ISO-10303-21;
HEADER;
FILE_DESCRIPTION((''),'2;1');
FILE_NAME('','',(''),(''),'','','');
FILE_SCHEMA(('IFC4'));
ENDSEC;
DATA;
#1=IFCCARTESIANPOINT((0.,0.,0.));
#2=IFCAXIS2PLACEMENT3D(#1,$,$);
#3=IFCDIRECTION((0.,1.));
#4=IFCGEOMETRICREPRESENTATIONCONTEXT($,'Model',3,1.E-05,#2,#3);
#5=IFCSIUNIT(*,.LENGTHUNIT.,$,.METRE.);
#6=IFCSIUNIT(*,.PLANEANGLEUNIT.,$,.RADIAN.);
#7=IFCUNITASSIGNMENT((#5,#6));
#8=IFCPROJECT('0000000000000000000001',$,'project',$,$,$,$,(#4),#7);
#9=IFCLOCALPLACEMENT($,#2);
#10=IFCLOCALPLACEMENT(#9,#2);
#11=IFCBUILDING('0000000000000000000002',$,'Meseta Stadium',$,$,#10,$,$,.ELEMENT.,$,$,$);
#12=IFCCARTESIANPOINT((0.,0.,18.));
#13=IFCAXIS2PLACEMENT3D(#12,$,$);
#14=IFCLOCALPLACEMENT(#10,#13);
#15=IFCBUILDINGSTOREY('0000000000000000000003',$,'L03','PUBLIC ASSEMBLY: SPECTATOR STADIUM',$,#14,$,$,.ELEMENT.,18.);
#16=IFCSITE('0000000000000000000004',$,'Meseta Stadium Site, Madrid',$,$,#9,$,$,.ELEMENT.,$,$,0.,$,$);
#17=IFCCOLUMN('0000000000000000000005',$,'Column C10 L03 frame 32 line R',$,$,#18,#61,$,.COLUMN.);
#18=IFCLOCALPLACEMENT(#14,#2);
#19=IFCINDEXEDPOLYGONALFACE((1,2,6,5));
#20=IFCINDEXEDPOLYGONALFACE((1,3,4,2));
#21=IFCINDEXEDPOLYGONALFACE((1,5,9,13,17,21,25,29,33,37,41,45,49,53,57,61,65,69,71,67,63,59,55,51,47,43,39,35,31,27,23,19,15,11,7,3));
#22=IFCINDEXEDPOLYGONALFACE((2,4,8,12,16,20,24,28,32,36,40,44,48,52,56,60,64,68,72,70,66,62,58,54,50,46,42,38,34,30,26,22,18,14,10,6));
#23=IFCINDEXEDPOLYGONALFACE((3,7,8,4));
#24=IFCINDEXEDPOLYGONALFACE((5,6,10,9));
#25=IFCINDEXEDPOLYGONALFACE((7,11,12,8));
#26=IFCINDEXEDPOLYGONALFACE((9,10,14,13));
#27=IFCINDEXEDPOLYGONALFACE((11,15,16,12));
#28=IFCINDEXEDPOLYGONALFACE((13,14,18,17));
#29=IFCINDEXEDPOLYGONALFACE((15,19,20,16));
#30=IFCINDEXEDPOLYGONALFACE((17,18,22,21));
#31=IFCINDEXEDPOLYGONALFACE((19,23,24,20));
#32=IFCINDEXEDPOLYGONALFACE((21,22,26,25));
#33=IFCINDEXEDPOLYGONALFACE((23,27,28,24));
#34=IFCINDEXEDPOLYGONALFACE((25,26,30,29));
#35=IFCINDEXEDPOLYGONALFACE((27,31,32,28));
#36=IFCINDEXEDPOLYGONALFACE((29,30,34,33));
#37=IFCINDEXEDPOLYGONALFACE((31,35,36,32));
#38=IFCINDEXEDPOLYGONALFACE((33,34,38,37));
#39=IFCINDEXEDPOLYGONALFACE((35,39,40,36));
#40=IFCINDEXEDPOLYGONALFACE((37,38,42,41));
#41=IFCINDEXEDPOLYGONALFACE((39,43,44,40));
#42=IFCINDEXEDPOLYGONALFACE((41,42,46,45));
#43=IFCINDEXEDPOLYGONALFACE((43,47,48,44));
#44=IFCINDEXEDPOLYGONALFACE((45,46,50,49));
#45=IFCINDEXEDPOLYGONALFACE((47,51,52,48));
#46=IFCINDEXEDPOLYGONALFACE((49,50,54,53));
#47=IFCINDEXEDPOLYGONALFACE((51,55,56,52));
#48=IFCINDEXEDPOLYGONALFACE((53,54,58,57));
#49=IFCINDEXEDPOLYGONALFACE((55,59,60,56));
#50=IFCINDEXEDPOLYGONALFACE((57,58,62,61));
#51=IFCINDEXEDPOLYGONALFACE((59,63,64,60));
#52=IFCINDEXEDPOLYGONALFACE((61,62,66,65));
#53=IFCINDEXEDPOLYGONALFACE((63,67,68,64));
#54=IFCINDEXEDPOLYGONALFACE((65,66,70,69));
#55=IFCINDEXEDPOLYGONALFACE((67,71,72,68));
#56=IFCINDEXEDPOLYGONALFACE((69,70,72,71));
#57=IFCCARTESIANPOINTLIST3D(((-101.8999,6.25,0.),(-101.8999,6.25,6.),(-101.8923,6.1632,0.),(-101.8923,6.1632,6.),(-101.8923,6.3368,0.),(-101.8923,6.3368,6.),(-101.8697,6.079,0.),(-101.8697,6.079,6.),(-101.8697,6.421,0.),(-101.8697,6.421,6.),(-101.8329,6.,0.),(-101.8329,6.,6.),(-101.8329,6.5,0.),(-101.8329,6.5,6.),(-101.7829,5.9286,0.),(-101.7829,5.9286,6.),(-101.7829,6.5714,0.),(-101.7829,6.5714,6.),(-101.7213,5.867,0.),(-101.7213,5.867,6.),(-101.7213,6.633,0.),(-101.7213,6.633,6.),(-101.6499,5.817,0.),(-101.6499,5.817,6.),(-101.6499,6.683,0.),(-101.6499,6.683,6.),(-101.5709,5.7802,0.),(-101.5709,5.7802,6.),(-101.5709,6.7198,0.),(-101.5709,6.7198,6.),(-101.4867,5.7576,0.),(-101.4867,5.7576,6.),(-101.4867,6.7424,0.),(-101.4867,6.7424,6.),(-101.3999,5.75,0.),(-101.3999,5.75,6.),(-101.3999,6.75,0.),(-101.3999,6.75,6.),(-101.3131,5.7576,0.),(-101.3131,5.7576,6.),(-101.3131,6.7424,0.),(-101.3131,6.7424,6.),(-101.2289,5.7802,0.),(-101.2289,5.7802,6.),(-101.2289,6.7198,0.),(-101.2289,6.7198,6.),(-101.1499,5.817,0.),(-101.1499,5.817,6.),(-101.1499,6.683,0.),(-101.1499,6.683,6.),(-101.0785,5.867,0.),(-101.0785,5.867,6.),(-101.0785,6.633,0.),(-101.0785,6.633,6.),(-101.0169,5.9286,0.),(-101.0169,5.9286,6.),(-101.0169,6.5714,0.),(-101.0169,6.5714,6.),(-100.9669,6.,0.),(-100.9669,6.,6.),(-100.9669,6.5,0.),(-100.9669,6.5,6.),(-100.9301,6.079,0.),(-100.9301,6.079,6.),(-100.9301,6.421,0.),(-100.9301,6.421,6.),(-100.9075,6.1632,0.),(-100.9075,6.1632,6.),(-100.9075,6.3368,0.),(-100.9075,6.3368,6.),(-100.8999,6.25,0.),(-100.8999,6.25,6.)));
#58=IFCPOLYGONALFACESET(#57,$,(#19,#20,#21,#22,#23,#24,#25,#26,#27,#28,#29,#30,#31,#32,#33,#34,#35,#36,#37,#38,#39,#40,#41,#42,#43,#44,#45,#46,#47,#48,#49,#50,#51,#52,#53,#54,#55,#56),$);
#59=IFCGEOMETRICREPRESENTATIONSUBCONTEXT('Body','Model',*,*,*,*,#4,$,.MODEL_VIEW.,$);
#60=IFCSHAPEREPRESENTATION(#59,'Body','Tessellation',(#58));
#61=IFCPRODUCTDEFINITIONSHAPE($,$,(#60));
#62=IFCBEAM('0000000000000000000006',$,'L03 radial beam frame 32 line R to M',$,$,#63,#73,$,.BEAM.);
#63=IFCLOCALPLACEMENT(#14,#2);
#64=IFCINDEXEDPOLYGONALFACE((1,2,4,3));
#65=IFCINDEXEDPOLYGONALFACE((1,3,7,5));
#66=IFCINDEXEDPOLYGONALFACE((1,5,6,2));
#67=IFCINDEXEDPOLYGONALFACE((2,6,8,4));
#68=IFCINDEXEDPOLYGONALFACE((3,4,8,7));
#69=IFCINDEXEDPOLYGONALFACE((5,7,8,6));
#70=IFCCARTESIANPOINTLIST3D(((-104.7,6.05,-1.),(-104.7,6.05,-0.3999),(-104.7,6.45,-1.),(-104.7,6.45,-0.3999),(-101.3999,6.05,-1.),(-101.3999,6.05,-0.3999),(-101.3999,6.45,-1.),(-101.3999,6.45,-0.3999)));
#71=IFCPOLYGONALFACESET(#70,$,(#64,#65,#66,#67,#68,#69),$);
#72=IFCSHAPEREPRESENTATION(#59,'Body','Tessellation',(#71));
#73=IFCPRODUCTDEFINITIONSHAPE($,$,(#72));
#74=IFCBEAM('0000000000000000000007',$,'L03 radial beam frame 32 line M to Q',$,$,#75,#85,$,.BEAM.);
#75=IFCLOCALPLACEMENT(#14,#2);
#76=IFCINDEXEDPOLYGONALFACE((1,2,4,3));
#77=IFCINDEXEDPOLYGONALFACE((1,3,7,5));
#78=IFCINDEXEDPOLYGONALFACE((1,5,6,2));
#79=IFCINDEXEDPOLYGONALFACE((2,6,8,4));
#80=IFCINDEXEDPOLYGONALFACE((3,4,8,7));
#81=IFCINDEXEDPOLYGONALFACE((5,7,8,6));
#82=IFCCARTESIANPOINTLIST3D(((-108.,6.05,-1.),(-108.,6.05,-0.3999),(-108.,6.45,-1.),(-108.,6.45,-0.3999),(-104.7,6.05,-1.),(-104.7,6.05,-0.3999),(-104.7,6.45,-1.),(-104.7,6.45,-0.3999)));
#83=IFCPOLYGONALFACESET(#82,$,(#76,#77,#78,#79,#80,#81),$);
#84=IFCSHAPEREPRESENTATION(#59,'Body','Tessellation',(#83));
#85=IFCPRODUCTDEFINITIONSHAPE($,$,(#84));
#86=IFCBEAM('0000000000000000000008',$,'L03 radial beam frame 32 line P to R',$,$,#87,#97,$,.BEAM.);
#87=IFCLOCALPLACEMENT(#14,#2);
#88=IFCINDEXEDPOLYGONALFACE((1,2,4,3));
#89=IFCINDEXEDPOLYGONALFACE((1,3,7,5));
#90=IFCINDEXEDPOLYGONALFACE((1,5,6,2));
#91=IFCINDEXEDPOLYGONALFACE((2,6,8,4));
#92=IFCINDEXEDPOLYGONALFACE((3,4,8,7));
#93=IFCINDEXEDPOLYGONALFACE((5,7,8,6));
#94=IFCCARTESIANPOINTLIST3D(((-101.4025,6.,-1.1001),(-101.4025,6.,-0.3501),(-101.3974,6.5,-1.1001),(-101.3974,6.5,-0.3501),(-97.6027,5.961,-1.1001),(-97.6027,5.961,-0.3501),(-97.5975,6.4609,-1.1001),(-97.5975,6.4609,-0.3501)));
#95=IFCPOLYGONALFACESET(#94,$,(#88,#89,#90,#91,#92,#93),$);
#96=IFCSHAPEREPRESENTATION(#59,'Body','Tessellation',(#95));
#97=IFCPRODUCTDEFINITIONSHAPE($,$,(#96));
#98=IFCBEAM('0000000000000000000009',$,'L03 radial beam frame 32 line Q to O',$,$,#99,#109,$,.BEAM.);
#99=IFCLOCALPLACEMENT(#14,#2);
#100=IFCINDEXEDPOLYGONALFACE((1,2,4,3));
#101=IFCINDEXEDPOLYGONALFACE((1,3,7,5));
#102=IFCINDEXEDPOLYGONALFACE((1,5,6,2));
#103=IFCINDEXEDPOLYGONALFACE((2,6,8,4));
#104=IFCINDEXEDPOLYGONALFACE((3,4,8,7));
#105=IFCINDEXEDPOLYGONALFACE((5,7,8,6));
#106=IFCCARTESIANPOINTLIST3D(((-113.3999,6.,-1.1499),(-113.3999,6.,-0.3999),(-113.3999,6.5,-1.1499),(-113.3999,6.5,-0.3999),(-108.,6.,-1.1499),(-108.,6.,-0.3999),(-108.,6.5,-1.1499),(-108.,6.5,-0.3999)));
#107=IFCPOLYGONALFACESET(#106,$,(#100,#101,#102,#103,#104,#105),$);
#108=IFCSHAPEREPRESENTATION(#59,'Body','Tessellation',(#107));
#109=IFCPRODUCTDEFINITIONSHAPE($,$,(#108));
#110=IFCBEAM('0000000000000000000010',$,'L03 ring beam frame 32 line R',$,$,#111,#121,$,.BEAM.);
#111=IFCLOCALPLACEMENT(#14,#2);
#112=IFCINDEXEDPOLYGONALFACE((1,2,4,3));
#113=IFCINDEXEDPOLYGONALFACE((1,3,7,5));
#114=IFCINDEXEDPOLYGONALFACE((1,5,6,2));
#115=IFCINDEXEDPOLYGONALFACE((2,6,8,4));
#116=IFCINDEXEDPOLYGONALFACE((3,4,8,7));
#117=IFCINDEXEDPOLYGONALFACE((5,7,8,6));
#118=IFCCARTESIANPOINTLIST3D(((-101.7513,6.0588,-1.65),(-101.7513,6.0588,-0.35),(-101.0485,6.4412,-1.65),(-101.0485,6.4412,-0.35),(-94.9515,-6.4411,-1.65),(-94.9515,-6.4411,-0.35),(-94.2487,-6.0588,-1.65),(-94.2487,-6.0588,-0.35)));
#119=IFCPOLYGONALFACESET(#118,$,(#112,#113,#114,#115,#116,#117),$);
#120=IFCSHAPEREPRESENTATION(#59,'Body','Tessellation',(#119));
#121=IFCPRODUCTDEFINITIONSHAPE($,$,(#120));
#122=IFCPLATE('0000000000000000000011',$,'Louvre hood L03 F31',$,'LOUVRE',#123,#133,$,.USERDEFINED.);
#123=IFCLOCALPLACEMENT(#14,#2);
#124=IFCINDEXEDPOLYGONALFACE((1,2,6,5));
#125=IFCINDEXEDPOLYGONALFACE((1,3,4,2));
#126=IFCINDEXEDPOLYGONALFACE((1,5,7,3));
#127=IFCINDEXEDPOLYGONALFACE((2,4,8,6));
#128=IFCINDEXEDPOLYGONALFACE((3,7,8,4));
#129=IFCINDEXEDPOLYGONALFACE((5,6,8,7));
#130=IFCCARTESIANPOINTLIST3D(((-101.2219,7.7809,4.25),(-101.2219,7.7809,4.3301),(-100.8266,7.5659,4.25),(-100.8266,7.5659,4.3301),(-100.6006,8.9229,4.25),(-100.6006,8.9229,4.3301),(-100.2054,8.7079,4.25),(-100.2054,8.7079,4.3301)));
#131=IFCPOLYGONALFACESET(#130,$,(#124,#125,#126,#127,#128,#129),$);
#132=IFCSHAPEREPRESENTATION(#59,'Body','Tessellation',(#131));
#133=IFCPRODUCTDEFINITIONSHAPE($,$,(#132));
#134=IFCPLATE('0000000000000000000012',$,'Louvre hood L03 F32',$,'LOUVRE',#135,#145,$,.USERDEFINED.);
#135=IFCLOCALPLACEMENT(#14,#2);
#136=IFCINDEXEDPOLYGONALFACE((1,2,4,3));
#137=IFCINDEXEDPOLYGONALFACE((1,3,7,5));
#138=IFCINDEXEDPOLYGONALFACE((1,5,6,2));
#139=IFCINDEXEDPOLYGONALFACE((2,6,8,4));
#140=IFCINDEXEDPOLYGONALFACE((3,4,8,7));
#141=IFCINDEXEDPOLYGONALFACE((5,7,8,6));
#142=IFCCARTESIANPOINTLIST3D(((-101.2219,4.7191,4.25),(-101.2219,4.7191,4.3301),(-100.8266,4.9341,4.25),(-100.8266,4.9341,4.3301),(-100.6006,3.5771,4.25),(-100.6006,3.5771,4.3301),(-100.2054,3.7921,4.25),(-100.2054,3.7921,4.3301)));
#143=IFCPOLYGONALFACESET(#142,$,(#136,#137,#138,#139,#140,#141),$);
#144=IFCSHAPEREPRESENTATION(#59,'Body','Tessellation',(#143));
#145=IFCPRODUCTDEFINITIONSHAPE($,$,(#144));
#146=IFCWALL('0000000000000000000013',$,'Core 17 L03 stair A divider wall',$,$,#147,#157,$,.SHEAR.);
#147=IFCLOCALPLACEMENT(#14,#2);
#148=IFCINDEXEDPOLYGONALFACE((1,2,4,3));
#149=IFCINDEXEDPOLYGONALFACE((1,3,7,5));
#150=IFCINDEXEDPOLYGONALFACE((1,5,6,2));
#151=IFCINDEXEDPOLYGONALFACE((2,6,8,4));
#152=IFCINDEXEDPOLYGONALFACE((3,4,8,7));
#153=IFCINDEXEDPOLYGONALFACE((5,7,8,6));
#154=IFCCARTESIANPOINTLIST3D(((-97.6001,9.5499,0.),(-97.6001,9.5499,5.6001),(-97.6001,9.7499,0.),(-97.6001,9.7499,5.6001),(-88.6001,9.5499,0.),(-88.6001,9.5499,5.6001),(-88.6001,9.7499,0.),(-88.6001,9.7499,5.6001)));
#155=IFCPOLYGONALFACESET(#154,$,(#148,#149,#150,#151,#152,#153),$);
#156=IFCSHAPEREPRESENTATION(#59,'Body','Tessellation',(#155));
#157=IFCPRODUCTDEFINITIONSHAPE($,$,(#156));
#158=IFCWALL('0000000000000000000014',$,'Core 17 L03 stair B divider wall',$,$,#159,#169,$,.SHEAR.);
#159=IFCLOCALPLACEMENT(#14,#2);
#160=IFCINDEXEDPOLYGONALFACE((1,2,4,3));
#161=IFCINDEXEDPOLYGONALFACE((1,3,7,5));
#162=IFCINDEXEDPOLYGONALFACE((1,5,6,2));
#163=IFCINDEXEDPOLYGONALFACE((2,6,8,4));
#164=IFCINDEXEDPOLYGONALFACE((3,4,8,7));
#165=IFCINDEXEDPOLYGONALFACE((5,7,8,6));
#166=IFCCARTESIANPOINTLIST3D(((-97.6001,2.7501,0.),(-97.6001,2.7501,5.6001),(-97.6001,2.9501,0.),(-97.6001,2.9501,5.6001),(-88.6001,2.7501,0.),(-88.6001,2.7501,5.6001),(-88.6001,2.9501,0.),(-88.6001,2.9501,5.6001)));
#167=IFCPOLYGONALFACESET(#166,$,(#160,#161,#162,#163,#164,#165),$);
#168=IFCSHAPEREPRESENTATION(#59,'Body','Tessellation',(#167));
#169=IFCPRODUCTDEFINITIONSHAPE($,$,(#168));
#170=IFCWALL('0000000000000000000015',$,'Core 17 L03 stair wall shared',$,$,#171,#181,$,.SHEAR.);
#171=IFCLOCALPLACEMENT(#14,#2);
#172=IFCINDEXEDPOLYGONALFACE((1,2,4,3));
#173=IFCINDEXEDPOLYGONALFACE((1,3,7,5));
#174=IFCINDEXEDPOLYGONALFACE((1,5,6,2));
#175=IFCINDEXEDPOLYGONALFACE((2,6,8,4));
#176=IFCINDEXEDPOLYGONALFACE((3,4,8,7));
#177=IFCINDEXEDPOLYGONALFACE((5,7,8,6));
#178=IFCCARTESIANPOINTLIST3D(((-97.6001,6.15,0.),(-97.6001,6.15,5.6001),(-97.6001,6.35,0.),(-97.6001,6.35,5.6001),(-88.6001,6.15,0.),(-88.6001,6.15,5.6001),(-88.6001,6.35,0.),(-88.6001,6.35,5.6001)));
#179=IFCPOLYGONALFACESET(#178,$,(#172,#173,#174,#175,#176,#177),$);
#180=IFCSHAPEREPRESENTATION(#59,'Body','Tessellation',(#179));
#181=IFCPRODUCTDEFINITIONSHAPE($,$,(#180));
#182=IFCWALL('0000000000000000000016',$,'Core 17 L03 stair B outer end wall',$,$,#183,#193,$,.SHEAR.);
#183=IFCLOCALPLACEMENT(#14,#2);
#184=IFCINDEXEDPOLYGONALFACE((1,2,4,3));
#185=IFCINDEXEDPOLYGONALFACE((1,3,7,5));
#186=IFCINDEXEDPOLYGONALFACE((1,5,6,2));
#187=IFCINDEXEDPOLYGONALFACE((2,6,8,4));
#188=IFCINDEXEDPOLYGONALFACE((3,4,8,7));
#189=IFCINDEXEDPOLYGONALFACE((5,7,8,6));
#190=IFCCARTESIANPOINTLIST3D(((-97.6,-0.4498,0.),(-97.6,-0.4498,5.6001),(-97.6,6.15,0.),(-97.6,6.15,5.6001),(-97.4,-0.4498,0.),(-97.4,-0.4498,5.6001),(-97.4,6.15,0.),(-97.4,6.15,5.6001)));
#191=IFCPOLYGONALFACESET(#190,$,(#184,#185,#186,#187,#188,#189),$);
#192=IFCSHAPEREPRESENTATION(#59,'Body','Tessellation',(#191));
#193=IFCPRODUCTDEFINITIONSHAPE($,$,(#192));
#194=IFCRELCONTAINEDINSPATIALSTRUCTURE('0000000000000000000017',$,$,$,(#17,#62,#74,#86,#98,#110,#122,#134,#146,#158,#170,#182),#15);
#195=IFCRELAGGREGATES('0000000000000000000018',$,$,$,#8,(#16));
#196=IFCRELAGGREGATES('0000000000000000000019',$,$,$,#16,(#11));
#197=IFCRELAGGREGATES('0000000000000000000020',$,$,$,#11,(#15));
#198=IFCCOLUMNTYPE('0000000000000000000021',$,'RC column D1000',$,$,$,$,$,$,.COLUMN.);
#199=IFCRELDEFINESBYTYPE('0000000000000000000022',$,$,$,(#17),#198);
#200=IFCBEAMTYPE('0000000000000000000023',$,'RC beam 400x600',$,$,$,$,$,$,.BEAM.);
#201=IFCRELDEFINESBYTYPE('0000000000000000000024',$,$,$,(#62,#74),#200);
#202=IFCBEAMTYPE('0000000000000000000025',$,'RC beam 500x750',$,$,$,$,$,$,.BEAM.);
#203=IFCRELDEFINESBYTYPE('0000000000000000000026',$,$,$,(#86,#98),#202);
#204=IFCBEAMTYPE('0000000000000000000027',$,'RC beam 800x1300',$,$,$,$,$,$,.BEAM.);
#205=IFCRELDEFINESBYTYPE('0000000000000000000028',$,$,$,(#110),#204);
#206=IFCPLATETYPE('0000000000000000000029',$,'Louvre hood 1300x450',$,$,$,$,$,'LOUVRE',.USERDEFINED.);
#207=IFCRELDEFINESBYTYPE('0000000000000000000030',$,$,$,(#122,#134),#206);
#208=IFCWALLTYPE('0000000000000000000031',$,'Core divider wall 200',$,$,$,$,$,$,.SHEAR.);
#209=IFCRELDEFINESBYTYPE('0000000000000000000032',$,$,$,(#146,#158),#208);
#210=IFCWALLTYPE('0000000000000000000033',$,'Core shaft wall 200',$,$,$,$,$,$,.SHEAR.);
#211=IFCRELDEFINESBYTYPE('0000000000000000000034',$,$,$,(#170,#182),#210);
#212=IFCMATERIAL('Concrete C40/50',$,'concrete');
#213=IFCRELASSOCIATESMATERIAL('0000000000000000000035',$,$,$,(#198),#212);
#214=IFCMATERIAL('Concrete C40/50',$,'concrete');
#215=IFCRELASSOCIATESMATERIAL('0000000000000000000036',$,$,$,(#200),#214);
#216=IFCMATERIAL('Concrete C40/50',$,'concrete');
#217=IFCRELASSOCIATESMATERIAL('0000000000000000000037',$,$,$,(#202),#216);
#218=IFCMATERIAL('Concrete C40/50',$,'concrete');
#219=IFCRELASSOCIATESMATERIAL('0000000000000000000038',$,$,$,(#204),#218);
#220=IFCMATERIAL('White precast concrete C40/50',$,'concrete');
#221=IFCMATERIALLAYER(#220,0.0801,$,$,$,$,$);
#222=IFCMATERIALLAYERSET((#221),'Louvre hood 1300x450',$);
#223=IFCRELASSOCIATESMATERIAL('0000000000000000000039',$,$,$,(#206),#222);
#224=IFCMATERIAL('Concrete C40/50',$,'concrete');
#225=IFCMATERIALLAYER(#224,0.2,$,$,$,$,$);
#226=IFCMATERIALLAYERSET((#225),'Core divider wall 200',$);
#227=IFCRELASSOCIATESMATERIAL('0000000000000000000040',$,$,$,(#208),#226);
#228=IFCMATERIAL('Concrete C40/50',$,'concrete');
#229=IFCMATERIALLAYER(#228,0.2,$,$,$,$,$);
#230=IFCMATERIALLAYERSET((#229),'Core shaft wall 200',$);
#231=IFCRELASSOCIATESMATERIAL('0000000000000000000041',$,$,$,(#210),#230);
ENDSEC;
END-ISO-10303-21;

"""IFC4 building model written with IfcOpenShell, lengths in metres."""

from ifc_helpers import new_model, si_unit, direction, frame, frame_2d, origin, origin_2d, place, context, subcontext, project, spatial, rectangle, circle, extrude, material, layer, layer_set, material_profile, profile_set, type_object, element, save


model = new_model("IFC4")

# Units and contexts
model_context = context("Model", 3, precision=1e-05, world=origin(), true_north=direction((0.0, 1.0)))
body_context = subcontext(model_context, "Body", "Model", "MODEL_VIEW")
ifc_project = project(units=[si_unit("LENGTHUNIT", "METRE"), si_unit("PLANEANGLEUNIT", "RADIAN")], contexts=[model_context])

# Site, building, storey
site_placement = place(None, origin())
site = spatial("IfcSite", under=ifc_project, at=site_placement, Name="Meseta Stadium Site, Madrid", CompositionType="ELEMENT", RefElevation=0.0)
building_placement = place(site_placement, origin())
building = spatial("IfcBuilding", under=site, at=building_placement, Name="Meseta Stadium", CompositionType="ELEMENT")
storey_placement = place(building_placement, frame((0.0, 0.0, 18.0)))
storey = spatial("IfcBuildingStorey", under=building, at=storey_placement, Name="L03", Description="PUBLIC ASSEMBLY: SPECTATOR STADIUM", CompositionType="ELEMENT", Elevation=18.0)

# Column
ifc_material_1 = material(Name="Concrete C40/50", Category="concrete")
ifc_material_profile_1 = material_profile(ifc_material_1, circle(Radius=0.5, at=origin_2d()), Name="RC D1000")
ifc_profile_set_1 = profile_set([ifc_material_profile_1], Name="Concrete C40/50")
column_type = type_object("IfcColumnType", Name="RC column D1000", PredefinedType="COLUMN", material=ifc_profile_set_1)
column_placement = place(storey_placement, frame((-101.3999, 6.25, 0.0), z_axis=(0.0, 0.0, 1.0), x_axis=(1.0, 0.0, 0.0)))
element("IfcColumn", 1, at=column_placement, inside=storey, type_object=column_type, Name="Column C10 L03 frame 32 line R", PredefinedType="COLUMN", context=body_context, shape_type="SweptSolid", body=[
    extrude(circle(Radius=0.5, at=origin_2d()), origin(), (0.0, 0.0, 1.0), 6.0),
])

# Beams
ifc_material_2 = material(Name="Concrete C40/50", Category="concrete")
ifc_material_profile_2 = material_profile(ifc_material_2, rectangle(XDim=0.3999, YDim=0.6001, at=origin_2d()), Name="RC 400x600")
ifc_profile_set_2 = profile_set([ifc_material_profile_2], Name="Concrete C40/50")
beam_type_1 = type_object("IfcBeamType", Name="RC beam 400x600", PredefinedType="BEAM", material=ifc_profile_set_2)
for number, where, z_axis, x_axis, name in (
    (2, (-101.3999, 6.25, -0.7), (-1.0, 0.0, 0.0), (0.0, -1.0, 0.0), "L03 radial beam frame 32 line R to M"),
    (3, (-104.7, 6.25, -0.7), (-1.0, 0.0, 0.0), (0.0, -1.0, 0.0), "L03 radial beam frame 32 line M to Q"),
):
    element("IfcBeam", number, at=place(storey_placement, frame(where, z_axis=z_axis, x_axis=x_axis)), inside=storey, type_object=beam_type_1, Name=name, PredefinedType="BEAM", context=body_context, shape_type="SweptSolid", body=[
        extrude(rectangle(XDim=0.3999, YDim=0.6001, at=origin_2d()), origin(), (0.0, 0.0, 1.0), 3.3),
    ])
ifc_material_3 = material(Name="Concrete C40/50", Category="concrete")
ifc_material_profile_3 = material_profile(ifc_material_3, rectangle(XDim=0.5, YDim=0.75, at=origin_2d()), Name="RC 500x750")
ifc_profile_set_3 = profile_set([ifc_material_profile_3], Name="Concrete C40/50")
beam_type_2 = type_object("IfcBeamType", Name="RC beam 500x750", PredefinedType="BEAM", material=ifc_profile_set_3)
beam_1_placement = place(storey_placement, frame((-97.6001, 6.2109, -0.7251), z_axis=(-0.999947, 0.01028, 0.0), x_axis=(-0.01028, -0.999947, 0.0)))
element("IfcBeam", 4, at=beam_1_placement, inside=storey, type_object=beam_type_2, Name="L03 radial beam frame 32 line P to R", PredefinedType="BEAM", context=body_context, shape_type="SweptSolid", body=[
    extrude(rectangle(XDim=0.5, YDim=0.75, at=origin_2d()), origin(), (0.0, 0.0, 1.0), 3.8),
])
beam_2_placement = place(storey_placement, frame((-108.0, 6.25, -0.7749), z_axis=(-1.0, 0.0, 0.0), x_axis=(0.0, -1.0, 0.0)))
element("IfcBeam", 5, at=beam_2_placement, inside=storey, type_object=beam_type_2, Name="L03 radial beam frame 32 line Q to O", PredefinedType="BEAM", context=body_context, shape_type="SweptSolid", body=[
    extrude(rectangle(XDim=0.5, YDim=0.75, at=origin_2d()), origin(), (0.0, 0.0, 1.0), 5.3999),
])
ifc_material_4 = material(Name="Concrete C40/50", Category="concrete")
ifc_material_profile_4 = material_profile(ifc_material_4, rectangle(XDim=0.8, YDim=1.3, at=origin_2d()), Name="RC 800x1300")
ifc_profile_set_4 = profile_set([ifc_material_profile_4], Name="Concrete C40/50")
beam_type_3 = type_object("IfcBeamType", Name="RC beam 800x1300", PredefinedType="BEAM", material=ifc_profile_set_4)
beam_3_placement = place(storey_placement, frame((-101.3999, 6.25, -1.0), z_axis=(0.477856, -0.878438, 0.0), x_axis=(0.878438, 0.477856, 0.0)))
element("IfcBeam", 6, at=beam_3_placement, inside=storey, type_object=beam_type_3, Name="L03 ring beam frame 32 line R", PredefinedType="BEAM", context=body_context, shape_type="SweptSolid", body=[
    extrude(rectangle(XDim=0.8, YDim=1.3, at=origin_2d()), origin(), (0.0, 0.0, 1.0), 14.2297),
])

# Plates
ifc_material_5 = material(Name="White precast concrete C40/50", Category="concrete")
ifc_layer_1 = layer(ifc_material_5, 0.0801)
ifc_layer_set_1 = layer_set([ifc_layer_1], Name="Louvre hood 1300x450")
plate_type = type_object("IfcPlateType", Name="Louvre hood 1300x450", ElementType="LOUVRE", PredefinedType="USERDEFINED", material=ifc_layer_set_1)
for number, where, z_axis, x_axis, name in (
    (7, (-100.7136, 8.2444, 4.25), (0.0, 0.0, 1.0), (-0.477867, -0.878432, 0.0), "Louvre hood L03 F31"),
    (8, (-100.7136, 4.2556, 4.25), (0.0, 0.0, 1.0), (0.477867, -0.878432, 0.0), "Louvre hood L03 F32"),
):
    element("IfcPlate", number, at=place(storey_placement, frame(where, z_axis=z_axis, x_axis=x_axis)), inside=storey, type_object=plate_type, Name=name, ObjectType="LOUVRE", PredefinedType="USERDEFINED", context=body_context, shape_type="SweptSolid", body=[
        extrude(rectangle(XDim=1.3, YDim=0.45, at=origin_2d()), origin(), (0.0, 0.0, 1.0), 0.0801),
    ])

# Walls
ifc_material_6 = material(Name="Concrete C40/50", Category="concrete")
ifc_layer_2 = layer(ifc_material_6, 0.2)
ifc_layer_set_2 = layer_set([ifc_layer_2], Name="Core divider wall 200")
wall_type_1 = type_object("IfcWallType", Name="Core divider wall 200", PredefinedType="SHEAR", material=ifc_layer_set_2)
for number, where, z_axis, x_axis, name in (
    (9, (-97.6001, 9.6499, 0.0), (0.0, 0.0, 1.0), (1.0, 0.0, 0.0), "Core 17 L03 stair A divider wall"),
    (10, (-97.6001, 2.8501, 0.0), (0.0, 0.0, 1.0), (1.0, 0.0, 0.0), "Core 17 L03 stair B divider wall"),
):
    element("IfcWall", number, at=place(storey_placement, frame(where, z_axis=z_axis, x_axis=x_axis)), inside=storey, type_object=wall_type_1, Name=name, PredefinedType="SHEAR", context=body_context, shape_type="SweptSolid", body=[
        extrude(rectangle(XDim=9.0, YDim=0.2, at=frame_2d((4.5, 0.0))), origin(), (0.0, 0.0, 1.0), 5.6001),
    ])
ifc_material_7 = material(Name="Concrete C40/50", Category="concrete")
ifc_layer_3 = layer(ifc_material_7, 0.2)
ifc_layer_set_3 = layer_set([ifc_layer_3], Name="Core shaft wall 200")
wall_type_2 = type_object("IfcWallType", Name="Core shaft wall 200", PredefinedType="SHEAR", material=ifc_layer_set_3)
wall_1_placement = place(storey_placement, frame((-97.6001, 6.25, 0.0), z_axis=(0.0, 0.0, 1.0), x_axis=(1.0, 0.0, 0.0)))
element("IfcWall", 11, at=wall_1_placement, inside=storey, type_object=wall_type_2, Name="Core 17 L03 stair wall shared", PredefinedType="SHEAR", context=body_context, shape_type="SweptSolid", body=[
    extrude(rectangle(XDim=9.0, YDim=0.2, at=frame_2d((4.5, 0.0))), origin(), (0.0, 0.0, 1.0), 5.6001),
])
wall_2_placement = place(storey_placement, frame((-97.5, 6.1499, 0.0), z_axis=(0.0, 0.0, 1.0), x_axis=(0.0, -1.0, 0.0)))
element("IfcWall", 12, at=wall_2_placement, inside=storey, type_object=wall_type_2, Name="Core 17 L03 stair B outer end wall", PredefinedType="SHEAR", context=body_context, shape_type="SweptSolid", body=[
    extrude(rectangle(XDim=6.5999, YDim=0.2, at=frame_2d((3.2998, 0.0))), origin(), (0.0, 0.0, 1.0), 5.6001),
])

save(model, "model.ifc")
